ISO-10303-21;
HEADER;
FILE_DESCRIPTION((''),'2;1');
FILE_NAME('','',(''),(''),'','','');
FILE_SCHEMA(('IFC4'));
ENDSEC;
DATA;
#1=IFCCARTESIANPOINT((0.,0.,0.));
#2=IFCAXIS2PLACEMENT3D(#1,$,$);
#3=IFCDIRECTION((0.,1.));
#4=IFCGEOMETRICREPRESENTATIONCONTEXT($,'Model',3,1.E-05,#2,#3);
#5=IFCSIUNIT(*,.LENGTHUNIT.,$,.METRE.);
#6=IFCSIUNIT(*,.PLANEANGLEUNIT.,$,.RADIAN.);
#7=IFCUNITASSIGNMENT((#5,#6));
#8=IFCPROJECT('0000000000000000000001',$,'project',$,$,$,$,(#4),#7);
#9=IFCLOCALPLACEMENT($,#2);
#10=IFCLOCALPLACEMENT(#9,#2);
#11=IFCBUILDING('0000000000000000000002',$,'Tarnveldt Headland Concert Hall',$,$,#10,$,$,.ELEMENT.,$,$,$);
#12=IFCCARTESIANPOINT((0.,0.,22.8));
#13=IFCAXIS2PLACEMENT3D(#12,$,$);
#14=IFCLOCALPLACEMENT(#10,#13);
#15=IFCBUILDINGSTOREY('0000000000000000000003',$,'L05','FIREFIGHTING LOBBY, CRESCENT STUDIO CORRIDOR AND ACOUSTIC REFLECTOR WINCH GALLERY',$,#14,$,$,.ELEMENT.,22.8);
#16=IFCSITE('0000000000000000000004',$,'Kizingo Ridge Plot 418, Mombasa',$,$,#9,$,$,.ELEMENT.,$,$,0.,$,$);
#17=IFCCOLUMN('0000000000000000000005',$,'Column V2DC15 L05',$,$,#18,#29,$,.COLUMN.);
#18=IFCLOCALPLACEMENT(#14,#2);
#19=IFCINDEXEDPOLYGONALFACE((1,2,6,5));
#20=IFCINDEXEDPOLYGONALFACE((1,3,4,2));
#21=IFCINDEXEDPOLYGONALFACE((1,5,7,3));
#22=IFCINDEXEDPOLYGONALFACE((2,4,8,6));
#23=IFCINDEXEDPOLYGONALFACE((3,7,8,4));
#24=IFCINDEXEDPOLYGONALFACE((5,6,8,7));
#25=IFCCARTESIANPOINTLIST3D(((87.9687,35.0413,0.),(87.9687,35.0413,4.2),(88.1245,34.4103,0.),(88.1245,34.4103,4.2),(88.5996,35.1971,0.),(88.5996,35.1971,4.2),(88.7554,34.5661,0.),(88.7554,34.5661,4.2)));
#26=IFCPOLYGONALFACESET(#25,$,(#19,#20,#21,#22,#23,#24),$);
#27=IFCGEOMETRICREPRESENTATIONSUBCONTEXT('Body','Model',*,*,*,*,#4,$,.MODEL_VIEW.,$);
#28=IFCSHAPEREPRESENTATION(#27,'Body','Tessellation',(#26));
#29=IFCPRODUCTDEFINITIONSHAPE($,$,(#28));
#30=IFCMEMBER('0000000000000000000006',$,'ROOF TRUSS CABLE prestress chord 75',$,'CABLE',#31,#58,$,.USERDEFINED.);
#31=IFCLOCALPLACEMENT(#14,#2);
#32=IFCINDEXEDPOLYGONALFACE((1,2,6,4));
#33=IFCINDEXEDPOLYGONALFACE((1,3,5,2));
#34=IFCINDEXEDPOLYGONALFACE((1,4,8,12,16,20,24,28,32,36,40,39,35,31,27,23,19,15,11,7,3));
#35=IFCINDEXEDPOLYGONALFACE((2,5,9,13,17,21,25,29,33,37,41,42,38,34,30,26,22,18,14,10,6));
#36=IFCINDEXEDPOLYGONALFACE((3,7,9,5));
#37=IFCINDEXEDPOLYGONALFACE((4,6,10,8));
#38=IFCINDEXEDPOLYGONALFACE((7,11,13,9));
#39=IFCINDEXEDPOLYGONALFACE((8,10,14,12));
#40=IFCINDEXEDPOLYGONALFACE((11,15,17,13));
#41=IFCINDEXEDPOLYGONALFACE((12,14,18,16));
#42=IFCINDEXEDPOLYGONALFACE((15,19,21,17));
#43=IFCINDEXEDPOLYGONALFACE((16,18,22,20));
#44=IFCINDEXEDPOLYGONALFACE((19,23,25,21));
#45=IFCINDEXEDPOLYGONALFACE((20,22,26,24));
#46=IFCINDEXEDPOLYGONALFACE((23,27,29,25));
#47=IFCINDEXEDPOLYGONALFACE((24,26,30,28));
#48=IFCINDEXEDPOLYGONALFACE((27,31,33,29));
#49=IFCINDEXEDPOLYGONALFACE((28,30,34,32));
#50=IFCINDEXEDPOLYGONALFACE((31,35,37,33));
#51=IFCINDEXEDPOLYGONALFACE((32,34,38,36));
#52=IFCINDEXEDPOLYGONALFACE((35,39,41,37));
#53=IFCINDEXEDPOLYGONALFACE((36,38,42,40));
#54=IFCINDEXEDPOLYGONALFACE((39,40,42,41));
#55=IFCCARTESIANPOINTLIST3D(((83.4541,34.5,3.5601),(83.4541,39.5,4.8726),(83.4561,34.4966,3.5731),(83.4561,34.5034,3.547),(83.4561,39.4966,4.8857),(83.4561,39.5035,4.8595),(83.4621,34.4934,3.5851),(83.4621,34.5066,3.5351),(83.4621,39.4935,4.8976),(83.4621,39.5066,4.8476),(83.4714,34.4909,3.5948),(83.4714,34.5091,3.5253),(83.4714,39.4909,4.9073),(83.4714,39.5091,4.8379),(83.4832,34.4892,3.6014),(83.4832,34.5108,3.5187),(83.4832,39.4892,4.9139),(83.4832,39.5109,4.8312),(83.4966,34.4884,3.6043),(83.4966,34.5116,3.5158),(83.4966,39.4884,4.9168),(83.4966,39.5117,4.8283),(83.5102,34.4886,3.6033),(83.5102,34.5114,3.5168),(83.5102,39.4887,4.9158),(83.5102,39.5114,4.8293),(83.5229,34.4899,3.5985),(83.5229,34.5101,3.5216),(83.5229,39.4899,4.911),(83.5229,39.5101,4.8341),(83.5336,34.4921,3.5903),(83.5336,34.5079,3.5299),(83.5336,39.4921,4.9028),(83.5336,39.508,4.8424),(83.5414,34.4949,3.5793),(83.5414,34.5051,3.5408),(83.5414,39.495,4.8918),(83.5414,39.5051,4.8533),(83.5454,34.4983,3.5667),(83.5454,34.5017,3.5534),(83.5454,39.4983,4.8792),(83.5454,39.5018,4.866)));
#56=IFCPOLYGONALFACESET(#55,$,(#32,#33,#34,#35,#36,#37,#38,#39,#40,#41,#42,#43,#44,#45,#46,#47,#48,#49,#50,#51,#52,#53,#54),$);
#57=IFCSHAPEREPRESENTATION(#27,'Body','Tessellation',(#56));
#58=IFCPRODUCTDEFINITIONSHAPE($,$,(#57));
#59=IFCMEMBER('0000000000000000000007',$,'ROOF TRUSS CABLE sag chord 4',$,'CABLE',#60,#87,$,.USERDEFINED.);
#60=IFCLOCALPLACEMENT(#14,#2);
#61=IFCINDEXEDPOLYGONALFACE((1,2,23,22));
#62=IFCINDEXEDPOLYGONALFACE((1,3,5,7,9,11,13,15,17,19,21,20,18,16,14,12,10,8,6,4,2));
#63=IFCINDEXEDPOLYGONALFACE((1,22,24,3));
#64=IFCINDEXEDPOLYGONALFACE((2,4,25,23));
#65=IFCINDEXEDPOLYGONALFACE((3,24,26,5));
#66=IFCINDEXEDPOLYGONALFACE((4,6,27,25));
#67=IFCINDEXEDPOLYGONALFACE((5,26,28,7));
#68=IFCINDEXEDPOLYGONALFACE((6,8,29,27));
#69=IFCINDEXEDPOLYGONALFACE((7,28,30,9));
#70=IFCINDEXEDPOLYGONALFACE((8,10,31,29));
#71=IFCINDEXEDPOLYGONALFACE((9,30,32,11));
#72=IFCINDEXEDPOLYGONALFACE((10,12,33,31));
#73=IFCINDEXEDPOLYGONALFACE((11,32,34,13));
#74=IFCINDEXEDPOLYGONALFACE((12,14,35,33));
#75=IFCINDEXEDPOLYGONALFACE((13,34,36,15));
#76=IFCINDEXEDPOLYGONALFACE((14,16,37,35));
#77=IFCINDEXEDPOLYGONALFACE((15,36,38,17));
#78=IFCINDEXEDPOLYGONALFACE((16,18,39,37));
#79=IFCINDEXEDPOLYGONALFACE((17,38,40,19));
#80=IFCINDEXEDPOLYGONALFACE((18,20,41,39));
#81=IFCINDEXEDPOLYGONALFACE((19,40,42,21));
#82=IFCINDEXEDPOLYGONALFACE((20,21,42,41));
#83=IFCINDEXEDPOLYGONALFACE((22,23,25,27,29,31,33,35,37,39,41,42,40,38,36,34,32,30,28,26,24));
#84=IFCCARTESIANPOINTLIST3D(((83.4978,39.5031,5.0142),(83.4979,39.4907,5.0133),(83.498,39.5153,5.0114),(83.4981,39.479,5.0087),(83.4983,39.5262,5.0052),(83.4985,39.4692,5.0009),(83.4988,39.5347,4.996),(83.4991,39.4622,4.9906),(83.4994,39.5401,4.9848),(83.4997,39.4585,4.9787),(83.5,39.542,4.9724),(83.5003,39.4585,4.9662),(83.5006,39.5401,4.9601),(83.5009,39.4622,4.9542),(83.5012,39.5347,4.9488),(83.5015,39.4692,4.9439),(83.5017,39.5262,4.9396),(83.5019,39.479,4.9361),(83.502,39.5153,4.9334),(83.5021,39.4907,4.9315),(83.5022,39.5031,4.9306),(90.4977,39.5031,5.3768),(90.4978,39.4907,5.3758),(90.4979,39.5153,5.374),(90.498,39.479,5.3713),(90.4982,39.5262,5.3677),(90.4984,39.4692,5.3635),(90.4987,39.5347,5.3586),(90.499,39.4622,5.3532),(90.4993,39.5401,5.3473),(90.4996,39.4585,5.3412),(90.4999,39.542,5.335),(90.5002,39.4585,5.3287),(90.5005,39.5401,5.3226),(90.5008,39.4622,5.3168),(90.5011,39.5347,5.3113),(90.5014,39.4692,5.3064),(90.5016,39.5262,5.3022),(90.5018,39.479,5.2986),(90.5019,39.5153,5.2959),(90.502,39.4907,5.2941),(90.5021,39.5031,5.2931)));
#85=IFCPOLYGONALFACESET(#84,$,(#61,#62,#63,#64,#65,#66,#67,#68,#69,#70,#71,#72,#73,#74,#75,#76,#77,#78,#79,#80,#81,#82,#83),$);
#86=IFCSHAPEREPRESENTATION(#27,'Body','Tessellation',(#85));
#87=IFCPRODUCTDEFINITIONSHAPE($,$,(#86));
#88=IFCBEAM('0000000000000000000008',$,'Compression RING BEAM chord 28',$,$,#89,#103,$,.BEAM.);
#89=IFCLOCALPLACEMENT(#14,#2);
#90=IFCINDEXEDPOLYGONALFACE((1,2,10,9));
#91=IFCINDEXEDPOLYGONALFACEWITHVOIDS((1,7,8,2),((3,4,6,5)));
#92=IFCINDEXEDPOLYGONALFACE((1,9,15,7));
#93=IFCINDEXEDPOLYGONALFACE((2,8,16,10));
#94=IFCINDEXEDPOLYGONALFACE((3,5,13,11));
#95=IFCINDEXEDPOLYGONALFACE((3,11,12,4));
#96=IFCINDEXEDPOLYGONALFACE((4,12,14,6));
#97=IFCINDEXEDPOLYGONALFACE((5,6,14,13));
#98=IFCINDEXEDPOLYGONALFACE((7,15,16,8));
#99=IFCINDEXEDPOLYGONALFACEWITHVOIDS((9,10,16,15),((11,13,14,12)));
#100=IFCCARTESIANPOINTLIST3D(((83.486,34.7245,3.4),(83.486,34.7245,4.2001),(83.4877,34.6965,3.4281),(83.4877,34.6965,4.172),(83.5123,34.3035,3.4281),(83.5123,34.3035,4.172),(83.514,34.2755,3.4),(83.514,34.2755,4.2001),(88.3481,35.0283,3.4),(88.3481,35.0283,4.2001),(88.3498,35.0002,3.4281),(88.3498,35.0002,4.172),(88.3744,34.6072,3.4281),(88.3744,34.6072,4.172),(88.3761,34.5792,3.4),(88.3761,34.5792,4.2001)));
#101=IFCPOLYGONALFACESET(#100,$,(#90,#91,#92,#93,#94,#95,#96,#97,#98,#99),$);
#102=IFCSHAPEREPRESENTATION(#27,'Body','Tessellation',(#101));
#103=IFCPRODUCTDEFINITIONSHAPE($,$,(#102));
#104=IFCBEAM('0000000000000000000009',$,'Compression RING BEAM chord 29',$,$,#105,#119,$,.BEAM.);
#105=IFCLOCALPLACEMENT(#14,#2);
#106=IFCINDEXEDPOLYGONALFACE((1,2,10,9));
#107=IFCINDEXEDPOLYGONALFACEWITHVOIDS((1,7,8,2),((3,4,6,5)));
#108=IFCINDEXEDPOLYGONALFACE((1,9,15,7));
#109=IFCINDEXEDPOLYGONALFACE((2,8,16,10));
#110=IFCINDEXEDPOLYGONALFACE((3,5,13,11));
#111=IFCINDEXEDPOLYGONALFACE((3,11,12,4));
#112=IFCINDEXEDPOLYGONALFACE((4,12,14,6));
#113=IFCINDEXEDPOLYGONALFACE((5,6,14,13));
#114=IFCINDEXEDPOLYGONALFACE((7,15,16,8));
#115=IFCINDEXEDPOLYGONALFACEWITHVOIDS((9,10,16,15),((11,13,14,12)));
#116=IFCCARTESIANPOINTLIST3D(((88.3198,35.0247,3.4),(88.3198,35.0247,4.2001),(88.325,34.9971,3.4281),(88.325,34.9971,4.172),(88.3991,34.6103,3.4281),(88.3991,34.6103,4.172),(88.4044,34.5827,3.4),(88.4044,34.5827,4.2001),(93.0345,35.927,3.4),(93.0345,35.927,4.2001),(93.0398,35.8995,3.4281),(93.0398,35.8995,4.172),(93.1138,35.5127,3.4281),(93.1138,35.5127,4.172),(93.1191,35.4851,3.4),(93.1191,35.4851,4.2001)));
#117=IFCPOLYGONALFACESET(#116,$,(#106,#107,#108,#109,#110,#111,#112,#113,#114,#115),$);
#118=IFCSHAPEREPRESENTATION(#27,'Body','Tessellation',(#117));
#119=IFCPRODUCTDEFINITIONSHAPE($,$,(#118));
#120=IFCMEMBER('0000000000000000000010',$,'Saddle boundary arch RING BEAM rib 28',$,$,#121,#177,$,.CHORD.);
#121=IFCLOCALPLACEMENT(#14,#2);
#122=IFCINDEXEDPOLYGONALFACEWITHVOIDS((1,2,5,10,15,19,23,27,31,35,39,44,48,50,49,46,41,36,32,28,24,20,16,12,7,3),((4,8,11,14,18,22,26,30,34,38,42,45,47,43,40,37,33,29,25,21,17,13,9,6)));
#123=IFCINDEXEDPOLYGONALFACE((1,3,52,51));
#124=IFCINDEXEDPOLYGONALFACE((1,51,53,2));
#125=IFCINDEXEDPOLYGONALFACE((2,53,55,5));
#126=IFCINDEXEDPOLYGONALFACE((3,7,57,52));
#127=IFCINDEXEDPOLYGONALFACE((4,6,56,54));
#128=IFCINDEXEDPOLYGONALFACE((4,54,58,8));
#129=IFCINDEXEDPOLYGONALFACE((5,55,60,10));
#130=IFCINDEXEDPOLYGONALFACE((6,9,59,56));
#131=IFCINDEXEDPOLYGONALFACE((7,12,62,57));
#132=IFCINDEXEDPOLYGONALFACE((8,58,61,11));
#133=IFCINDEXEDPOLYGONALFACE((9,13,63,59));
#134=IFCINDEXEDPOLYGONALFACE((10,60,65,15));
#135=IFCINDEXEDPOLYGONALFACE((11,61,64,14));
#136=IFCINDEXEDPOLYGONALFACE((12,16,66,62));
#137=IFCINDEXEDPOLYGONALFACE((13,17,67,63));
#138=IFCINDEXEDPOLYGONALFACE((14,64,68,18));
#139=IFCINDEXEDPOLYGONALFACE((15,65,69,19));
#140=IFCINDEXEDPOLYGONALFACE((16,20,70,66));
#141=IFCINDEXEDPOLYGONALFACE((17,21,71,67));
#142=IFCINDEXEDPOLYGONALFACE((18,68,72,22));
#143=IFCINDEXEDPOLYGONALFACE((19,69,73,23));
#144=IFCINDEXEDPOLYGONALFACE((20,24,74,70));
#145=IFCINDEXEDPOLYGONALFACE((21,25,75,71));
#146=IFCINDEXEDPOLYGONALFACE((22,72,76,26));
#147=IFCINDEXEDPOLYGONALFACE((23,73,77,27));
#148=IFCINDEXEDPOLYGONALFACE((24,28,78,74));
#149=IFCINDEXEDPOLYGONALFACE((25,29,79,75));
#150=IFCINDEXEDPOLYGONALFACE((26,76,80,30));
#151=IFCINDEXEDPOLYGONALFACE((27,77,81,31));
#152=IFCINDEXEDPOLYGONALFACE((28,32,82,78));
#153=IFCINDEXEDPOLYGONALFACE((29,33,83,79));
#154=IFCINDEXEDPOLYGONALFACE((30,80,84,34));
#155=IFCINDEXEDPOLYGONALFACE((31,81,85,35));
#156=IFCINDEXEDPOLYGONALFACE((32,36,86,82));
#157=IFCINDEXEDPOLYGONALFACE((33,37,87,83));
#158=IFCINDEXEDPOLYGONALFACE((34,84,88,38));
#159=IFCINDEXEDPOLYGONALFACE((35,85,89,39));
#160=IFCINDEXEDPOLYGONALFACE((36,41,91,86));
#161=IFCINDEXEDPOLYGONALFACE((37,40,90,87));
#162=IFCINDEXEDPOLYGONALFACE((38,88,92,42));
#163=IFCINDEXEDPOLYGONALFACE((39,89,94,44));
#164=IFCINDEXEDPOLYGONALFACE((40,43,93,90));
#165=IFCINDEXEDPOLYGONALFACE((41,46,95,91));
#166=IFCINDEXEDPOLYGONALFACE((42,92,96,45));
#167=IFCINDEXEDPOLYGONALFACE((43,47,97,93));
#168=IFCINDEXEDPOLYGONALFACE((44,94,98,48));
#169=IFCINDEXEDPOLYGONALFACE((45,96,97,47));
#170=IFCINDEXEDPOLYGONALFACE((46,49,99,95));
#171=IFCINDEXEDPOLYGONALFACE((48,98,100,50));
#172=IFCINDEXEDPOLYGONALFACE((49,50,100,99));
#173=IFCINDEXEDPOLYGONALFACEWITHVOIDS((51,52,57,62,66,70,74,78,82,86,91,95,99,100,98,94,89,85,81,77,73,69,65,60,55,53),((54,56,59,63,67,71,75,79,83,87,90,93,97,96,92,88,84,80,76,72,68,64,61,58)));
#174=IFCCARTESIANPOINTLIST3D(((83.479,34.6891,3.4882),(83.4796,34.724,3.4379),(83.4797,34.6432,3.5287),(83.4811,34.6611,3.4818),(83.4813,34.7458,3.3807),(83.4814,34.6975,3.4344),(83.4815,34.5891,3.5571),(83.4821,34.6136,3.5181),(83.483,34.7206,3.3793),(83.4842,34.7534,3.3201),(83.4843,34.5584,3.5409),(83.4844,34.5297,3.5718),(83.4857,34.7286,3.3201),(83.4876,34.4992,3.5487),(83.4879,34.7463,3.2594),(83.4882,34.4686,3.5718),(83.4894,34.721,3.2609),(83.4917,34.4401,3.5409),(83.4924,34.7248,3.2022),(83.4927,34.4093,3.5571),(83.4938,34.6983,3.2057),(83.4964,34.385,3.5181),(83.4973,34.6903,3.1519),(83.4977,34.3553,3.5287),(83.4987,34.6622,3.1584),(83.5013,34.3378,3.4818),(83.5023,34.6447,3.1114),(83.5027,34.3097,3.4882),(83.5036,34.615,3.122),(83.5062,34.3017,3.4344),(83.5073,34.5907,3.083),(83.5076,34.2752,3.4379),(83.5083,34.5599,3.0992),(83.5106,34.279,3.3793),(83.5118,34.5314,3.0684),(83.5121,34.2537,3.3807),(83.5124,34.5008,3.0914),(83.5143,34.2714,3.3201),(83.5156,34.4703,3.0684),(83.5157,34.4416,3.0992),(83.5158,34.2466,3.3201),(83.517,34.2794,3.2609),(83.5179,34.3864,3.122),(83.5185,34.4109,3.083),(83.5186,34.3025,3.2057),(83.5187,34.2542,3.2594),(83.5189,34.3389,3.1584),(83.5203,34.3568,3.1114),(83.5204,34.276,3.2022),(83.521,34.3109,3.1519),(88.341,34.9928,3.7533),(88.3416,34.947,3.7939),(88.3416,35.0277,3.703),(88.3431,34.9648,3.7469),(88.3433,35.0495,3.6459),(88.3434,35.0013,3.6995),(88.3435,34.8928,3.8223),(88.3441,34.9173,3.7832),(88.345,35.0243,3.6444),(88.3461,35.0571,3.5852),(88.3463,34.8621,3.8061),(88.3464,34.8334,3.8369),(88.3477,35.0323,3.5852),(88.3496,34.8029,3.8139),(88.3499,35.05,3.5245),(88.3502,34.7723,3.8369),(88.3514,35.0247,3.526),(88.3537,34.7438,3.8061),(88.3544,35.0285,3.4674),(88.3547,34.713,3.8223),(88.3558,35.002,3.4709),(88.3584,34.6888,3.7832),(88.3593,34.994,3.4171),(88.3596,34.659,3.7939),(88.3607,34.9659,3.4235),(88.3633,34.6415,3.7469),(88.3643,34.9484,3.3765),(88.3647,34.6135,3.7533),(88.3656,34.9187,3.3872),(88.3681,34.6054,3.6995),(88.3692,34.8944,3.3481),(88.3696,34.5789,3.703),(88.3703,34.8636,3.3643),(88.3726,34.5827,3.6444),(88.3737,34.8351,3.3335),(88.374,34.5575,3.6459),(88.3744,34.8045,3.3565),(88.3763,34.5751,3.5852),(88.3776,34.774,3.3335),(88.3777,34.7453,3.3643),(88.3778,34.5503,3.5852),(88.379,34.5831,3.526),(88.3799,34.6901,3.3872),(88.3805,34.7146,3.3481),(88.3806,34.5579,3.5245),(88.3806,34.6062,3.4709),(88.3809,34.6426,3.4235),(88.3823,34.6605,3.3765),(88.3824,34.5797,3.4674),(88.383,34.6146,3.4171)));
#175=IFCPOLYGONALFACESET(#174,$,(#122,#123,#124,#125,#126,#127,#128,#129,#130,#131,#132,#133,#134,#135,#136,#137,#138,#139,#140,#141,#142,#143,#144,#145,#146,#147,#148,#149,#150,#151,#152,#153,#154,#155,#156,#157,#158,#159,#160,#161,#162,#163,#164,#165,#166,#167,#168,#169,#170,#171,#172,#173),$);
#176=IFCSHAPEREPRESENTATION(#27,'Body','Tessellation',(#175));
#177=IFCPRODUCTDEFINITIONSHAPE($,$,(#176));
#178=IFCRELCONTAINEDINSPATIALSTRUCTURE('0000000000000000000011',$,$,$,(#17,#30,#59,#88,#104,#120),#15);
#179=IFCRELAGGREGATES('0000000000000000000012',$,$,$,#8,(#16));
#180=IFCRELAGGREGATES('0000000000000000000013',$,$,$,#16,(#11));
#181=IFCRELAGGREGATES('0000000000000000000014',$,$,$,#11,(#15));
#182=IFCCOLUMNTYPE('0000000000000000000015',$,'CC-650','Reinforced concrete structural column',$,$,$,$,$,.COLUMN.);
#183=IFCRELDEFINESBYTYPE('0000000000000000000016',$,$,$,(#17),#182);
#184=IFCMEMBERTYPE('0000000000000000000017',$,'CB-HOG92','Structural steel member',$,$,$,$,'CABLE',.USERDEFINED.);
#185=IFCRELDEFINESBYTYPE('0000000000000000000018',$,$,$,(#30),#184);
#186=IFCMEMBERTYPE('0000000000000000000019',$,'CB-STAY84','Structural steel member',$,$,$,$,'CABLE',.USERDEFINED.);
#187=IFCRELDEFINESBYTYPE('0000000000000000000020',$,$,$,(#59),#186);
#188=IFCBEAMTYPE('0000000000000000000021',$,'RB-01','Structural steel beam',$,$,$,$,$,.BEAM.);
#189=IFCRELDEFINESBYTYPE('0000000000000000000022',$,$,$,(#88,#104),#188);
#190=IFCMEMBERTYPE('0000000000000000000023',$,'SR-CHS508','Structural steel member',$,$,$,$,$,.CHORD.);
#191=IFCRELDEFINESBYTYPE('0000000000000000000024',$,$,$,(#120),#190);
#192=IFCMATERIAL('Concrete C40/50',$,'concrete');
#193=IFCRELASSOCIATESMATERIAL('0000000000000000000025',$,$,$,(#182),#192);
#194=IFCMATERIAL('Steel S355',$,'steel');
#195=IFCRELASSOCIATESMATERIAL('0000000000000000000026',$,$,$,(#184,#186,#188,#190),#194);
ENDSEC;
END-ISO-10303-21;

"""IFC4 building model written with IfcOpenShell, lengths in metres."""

from ifc_helpers import new_model, si_unit, direction, frame, origin, origin_2d, place, context, subcontext, project, spatial, rectangle, hollow_rectangle, circle, hollow_circle, extrude, material, material_profile, profile_set, type_object, element, save


model = new_model("IFC4")

# Units and contexts
model_context = context("Model", 3, precision=1e-05, world=origin(), true_north=direction((0.0, 1.0)))
body_context = subcontext(model_context, "Body", "Model", "MODEL_VIEW")
ifc_project = project(units=[si_unit("LENGTHUNIT", "METRE"), si_unit("PLANEANGLEUNIT", "RADIAN")], contexts=[model_context])

# Site, building, storey
site_placement = place(None, origin())
site = spatial("IfcSite", under=ifc_project, at=site_placement, Name="Kizingo Ridge Plot 418, Mombasa", CompositionType="ELEMENT", RefElevation=0.0)
building_placement = place(site_placement, origin())
building = spatial("IfcBuilding", under=site, at=building_placement, Name="Tarnveldt Headland Concert Hall", CompositionType="ELEMENT")
storey_placement = place(building_placement, frame((0.0, 0.0, 22.8)))
storey = spatial("IfcBuildingStorey", under=building, at=storey_placement, Name="L05", Description="FIREFIGHTING LOBBY, CRESCENT STUDIO CORRIDOR AND ACOUSTIC REFLECTOR WINCH GALLERY", CompositionType="ELEMENT", Elevation=22.8)

# Column
ifc_material_1 = material(Name="Concrete C40/50", Category="concrete")
ifc_material_profile_1 = material_profile(ifc_material_1, rectangle(XDim=0.6499, YDim=0.6499, at=origin_2d()), Name="RC 650x650", Category="concrete")
ifc_profile_set_1 = profile_set([ifc_material_profile_1], Name="Concrete C40/50")
column_type = type_object("IfcColumnType", Name="CC-650", Description="Reinforced concrete structural column", PredefinedType="COLUMN", material=ifc_profile_set_1)
column_placement = place(storey_placement, frame((88.3621, 34.8037, 0.0), z_axis=(0.0, 0.0, 1.0), x_axis=(0.23972, -0.970842, 0.0)))
element("IfcColumn", 1, at=column_placement, inside=storey, type_object=column_type, Name="Column V2DC15 L05", PredefinedType="COLUMN", context=body_context, shape_type="SweptSolid", body=[
    extrude(rectangle(XDim=0.6499, YDim=0.6499, at=origin_2d()), origin(), (0.0, 0.0, 1.0), 4.2),
])

# Members
ifc_material_2 = material(Name="Steel S355", Category="steel")
ifc_material_profile_2 = material_profile(ifc_material_2, circle(Radius=0.0459, at=origin_2d()), Name="LC D92", Category="steel")
ifc_profile_set_2 = profile_set([ifc_material_profile_2], Name="Steel S355")
member_type_1 = type_object("IfcMemberType", Name="CB-HOG92", Description="Structural steel member", ElementType="CABLE", PredefinedType="USERDEFINED", material=ifc_profile_set_2)
member_1_placement = place(storey_placement, frame((83.5, 34.5, 3.5601), z_axis=(0.0, 0.967231, 0.253898), x_axis=(-1.0, 0.0, 0.0)))
element("IfcMember", 2, at=member_1_placement, inside=storey, type_object=member_type_1, Name="ROOF TRUSS CABLE prestress chord 75", ObjectType="CABLE", PredefinedType="USERDEFINED", context=body_context, shape_type="SweptSolid", body=[
    extrude(circle(Radius=0.0459, at=origin_2d()), origin(), (0.0, 0.0, 1.0), 5.1694),
])
ifc_material_profile_3 = material_profile(ifc_material_2, circle(Radius=0.042, at=origin_2d()), Name="LC D84", Category="steel")
ifc_profile_set_3 = profile_set([ifc_material_profile_3], Name="Steel S355")
member_type_2 = type_object("IfcMemberType", Name="CB-STAY84", Description="Structural steel member", ElementType="CABLE", PredefinedType="USERDEFINED", material=ifc_profile_set_3)
member_2_placement = place(storey_placement, frame((83.5, 39.5, 4.9724), z_axis=(0.998661, 0.0, 0.051723), x_axis=(0.0, 1.0, 0.0)))
element("IfcMember", 3, at=member_2_placement, inside=storey, type_object=member_type_2, Name="ROOF TRUSS CABLE sag chord 4", ObjectType="CABLE", PredefinedType="USERDEFINED", context=body_context, shape_type="SweptSolid", body=[
    extrude(circle(Radius=0.042, at=origin_2d()), origin(), (0.0, 0.0, 1.0), 7.0093),
])

# Beams
ifc_material_profile_4 = material_profile(ifc_material_2, hollow_rectangle(XDim=0.45, YDim=0.8, WallThickness=0.0281, at=origin_2d()), Name="RHS 800x450x28", Category="steel")
ifc_profile_set_4 = profile_set([ifc_material_profile_4], Name="Steel S355")
beam_type = type_object("IfcBeamType", Name="RB-01", Description="Structural steel beam", PredefinedType="BEAM", material=ifc_profile_set_4)
beam_1_placement = place(storey_placement, frame((83.5, 34.5, 3.8), z_axis=(0.998055, 0.062344, 0.0), x_axis=(-0.062344, 0.998055, 0.0)))
element("IfcBeam", 4, at=beam_1_placement, inside=storey, type_object=beam_type, Name="Compression RING BEAM chord 28", PredefinedType="BEAM", context=body_context, shape_type="SweptSolid", body=[
    extrude(hollow_rectangle(XDim=0.45, YDim=0.8, WallThickness=0.0281, at=origin_2d()), origin(), (0.0, 0.0, 1.0), 4.8716),
])
beam_2_placement = place(storey_placement, frame((88.3621, 34.8037, 3.8), z_axis=(0.982173, 0.187981, 0.0), x_axis=(-0.187981, 0.982173, 0.0)))
element("IfcBeam", 5, at=beam_2_placement, inside=storey, type_object=beam_type, Name="Compression RING BEAM chord 29", PredefinedType="BEAM", context=body_context, shape_type="SweptSolid", body=[
    extrude(hollow_rectangle(XDim=0.45, YDim=0.8, WallThickness=0.0281, at=origin_2d()), origin(), (0.0, 0.0, 1.0), 4.8003),
])

# Member
ifc_material_profile_5 = material_profile(ifc_material_2, hollow_circle(Radius=0.2539, WallThickness=0.0249, at=origin_2d()), Name="CHS 508x25", Category="steel")
ifc_profile_set_5 = profile_set([ifc_material_profile_5], Name="Steel S355")
member_type_3 = type_object("IfcMemberType", Name="SR-CHS508", Description="Structural steel member", PredefinedType="CHORD", material=ifc_profile_set_5)
member_3_placement = place(storey_placement, frame((83.5, 34.5, 3.3201), z_axis=(0.99658, 0.062252, 0.054345), x_axis=(-0.062344, 0.998055, 0.0)))
element("IfcMember", 6, at=member_3_placement, inside=storey, type_object=member_type_3, Name="Saddle boundary arch RING BEAM rib 28", PredefinedType="CHORD", context=body_context, shape_type="SweptSolid", body=[
    extrude(hollow_circle(Radius=0.2539, WallThickness=0.0249, at=origin_2d()), origin(), (0.0, 0.0, 1.0), 4.8787),
])

save(model, "model.ifc")
